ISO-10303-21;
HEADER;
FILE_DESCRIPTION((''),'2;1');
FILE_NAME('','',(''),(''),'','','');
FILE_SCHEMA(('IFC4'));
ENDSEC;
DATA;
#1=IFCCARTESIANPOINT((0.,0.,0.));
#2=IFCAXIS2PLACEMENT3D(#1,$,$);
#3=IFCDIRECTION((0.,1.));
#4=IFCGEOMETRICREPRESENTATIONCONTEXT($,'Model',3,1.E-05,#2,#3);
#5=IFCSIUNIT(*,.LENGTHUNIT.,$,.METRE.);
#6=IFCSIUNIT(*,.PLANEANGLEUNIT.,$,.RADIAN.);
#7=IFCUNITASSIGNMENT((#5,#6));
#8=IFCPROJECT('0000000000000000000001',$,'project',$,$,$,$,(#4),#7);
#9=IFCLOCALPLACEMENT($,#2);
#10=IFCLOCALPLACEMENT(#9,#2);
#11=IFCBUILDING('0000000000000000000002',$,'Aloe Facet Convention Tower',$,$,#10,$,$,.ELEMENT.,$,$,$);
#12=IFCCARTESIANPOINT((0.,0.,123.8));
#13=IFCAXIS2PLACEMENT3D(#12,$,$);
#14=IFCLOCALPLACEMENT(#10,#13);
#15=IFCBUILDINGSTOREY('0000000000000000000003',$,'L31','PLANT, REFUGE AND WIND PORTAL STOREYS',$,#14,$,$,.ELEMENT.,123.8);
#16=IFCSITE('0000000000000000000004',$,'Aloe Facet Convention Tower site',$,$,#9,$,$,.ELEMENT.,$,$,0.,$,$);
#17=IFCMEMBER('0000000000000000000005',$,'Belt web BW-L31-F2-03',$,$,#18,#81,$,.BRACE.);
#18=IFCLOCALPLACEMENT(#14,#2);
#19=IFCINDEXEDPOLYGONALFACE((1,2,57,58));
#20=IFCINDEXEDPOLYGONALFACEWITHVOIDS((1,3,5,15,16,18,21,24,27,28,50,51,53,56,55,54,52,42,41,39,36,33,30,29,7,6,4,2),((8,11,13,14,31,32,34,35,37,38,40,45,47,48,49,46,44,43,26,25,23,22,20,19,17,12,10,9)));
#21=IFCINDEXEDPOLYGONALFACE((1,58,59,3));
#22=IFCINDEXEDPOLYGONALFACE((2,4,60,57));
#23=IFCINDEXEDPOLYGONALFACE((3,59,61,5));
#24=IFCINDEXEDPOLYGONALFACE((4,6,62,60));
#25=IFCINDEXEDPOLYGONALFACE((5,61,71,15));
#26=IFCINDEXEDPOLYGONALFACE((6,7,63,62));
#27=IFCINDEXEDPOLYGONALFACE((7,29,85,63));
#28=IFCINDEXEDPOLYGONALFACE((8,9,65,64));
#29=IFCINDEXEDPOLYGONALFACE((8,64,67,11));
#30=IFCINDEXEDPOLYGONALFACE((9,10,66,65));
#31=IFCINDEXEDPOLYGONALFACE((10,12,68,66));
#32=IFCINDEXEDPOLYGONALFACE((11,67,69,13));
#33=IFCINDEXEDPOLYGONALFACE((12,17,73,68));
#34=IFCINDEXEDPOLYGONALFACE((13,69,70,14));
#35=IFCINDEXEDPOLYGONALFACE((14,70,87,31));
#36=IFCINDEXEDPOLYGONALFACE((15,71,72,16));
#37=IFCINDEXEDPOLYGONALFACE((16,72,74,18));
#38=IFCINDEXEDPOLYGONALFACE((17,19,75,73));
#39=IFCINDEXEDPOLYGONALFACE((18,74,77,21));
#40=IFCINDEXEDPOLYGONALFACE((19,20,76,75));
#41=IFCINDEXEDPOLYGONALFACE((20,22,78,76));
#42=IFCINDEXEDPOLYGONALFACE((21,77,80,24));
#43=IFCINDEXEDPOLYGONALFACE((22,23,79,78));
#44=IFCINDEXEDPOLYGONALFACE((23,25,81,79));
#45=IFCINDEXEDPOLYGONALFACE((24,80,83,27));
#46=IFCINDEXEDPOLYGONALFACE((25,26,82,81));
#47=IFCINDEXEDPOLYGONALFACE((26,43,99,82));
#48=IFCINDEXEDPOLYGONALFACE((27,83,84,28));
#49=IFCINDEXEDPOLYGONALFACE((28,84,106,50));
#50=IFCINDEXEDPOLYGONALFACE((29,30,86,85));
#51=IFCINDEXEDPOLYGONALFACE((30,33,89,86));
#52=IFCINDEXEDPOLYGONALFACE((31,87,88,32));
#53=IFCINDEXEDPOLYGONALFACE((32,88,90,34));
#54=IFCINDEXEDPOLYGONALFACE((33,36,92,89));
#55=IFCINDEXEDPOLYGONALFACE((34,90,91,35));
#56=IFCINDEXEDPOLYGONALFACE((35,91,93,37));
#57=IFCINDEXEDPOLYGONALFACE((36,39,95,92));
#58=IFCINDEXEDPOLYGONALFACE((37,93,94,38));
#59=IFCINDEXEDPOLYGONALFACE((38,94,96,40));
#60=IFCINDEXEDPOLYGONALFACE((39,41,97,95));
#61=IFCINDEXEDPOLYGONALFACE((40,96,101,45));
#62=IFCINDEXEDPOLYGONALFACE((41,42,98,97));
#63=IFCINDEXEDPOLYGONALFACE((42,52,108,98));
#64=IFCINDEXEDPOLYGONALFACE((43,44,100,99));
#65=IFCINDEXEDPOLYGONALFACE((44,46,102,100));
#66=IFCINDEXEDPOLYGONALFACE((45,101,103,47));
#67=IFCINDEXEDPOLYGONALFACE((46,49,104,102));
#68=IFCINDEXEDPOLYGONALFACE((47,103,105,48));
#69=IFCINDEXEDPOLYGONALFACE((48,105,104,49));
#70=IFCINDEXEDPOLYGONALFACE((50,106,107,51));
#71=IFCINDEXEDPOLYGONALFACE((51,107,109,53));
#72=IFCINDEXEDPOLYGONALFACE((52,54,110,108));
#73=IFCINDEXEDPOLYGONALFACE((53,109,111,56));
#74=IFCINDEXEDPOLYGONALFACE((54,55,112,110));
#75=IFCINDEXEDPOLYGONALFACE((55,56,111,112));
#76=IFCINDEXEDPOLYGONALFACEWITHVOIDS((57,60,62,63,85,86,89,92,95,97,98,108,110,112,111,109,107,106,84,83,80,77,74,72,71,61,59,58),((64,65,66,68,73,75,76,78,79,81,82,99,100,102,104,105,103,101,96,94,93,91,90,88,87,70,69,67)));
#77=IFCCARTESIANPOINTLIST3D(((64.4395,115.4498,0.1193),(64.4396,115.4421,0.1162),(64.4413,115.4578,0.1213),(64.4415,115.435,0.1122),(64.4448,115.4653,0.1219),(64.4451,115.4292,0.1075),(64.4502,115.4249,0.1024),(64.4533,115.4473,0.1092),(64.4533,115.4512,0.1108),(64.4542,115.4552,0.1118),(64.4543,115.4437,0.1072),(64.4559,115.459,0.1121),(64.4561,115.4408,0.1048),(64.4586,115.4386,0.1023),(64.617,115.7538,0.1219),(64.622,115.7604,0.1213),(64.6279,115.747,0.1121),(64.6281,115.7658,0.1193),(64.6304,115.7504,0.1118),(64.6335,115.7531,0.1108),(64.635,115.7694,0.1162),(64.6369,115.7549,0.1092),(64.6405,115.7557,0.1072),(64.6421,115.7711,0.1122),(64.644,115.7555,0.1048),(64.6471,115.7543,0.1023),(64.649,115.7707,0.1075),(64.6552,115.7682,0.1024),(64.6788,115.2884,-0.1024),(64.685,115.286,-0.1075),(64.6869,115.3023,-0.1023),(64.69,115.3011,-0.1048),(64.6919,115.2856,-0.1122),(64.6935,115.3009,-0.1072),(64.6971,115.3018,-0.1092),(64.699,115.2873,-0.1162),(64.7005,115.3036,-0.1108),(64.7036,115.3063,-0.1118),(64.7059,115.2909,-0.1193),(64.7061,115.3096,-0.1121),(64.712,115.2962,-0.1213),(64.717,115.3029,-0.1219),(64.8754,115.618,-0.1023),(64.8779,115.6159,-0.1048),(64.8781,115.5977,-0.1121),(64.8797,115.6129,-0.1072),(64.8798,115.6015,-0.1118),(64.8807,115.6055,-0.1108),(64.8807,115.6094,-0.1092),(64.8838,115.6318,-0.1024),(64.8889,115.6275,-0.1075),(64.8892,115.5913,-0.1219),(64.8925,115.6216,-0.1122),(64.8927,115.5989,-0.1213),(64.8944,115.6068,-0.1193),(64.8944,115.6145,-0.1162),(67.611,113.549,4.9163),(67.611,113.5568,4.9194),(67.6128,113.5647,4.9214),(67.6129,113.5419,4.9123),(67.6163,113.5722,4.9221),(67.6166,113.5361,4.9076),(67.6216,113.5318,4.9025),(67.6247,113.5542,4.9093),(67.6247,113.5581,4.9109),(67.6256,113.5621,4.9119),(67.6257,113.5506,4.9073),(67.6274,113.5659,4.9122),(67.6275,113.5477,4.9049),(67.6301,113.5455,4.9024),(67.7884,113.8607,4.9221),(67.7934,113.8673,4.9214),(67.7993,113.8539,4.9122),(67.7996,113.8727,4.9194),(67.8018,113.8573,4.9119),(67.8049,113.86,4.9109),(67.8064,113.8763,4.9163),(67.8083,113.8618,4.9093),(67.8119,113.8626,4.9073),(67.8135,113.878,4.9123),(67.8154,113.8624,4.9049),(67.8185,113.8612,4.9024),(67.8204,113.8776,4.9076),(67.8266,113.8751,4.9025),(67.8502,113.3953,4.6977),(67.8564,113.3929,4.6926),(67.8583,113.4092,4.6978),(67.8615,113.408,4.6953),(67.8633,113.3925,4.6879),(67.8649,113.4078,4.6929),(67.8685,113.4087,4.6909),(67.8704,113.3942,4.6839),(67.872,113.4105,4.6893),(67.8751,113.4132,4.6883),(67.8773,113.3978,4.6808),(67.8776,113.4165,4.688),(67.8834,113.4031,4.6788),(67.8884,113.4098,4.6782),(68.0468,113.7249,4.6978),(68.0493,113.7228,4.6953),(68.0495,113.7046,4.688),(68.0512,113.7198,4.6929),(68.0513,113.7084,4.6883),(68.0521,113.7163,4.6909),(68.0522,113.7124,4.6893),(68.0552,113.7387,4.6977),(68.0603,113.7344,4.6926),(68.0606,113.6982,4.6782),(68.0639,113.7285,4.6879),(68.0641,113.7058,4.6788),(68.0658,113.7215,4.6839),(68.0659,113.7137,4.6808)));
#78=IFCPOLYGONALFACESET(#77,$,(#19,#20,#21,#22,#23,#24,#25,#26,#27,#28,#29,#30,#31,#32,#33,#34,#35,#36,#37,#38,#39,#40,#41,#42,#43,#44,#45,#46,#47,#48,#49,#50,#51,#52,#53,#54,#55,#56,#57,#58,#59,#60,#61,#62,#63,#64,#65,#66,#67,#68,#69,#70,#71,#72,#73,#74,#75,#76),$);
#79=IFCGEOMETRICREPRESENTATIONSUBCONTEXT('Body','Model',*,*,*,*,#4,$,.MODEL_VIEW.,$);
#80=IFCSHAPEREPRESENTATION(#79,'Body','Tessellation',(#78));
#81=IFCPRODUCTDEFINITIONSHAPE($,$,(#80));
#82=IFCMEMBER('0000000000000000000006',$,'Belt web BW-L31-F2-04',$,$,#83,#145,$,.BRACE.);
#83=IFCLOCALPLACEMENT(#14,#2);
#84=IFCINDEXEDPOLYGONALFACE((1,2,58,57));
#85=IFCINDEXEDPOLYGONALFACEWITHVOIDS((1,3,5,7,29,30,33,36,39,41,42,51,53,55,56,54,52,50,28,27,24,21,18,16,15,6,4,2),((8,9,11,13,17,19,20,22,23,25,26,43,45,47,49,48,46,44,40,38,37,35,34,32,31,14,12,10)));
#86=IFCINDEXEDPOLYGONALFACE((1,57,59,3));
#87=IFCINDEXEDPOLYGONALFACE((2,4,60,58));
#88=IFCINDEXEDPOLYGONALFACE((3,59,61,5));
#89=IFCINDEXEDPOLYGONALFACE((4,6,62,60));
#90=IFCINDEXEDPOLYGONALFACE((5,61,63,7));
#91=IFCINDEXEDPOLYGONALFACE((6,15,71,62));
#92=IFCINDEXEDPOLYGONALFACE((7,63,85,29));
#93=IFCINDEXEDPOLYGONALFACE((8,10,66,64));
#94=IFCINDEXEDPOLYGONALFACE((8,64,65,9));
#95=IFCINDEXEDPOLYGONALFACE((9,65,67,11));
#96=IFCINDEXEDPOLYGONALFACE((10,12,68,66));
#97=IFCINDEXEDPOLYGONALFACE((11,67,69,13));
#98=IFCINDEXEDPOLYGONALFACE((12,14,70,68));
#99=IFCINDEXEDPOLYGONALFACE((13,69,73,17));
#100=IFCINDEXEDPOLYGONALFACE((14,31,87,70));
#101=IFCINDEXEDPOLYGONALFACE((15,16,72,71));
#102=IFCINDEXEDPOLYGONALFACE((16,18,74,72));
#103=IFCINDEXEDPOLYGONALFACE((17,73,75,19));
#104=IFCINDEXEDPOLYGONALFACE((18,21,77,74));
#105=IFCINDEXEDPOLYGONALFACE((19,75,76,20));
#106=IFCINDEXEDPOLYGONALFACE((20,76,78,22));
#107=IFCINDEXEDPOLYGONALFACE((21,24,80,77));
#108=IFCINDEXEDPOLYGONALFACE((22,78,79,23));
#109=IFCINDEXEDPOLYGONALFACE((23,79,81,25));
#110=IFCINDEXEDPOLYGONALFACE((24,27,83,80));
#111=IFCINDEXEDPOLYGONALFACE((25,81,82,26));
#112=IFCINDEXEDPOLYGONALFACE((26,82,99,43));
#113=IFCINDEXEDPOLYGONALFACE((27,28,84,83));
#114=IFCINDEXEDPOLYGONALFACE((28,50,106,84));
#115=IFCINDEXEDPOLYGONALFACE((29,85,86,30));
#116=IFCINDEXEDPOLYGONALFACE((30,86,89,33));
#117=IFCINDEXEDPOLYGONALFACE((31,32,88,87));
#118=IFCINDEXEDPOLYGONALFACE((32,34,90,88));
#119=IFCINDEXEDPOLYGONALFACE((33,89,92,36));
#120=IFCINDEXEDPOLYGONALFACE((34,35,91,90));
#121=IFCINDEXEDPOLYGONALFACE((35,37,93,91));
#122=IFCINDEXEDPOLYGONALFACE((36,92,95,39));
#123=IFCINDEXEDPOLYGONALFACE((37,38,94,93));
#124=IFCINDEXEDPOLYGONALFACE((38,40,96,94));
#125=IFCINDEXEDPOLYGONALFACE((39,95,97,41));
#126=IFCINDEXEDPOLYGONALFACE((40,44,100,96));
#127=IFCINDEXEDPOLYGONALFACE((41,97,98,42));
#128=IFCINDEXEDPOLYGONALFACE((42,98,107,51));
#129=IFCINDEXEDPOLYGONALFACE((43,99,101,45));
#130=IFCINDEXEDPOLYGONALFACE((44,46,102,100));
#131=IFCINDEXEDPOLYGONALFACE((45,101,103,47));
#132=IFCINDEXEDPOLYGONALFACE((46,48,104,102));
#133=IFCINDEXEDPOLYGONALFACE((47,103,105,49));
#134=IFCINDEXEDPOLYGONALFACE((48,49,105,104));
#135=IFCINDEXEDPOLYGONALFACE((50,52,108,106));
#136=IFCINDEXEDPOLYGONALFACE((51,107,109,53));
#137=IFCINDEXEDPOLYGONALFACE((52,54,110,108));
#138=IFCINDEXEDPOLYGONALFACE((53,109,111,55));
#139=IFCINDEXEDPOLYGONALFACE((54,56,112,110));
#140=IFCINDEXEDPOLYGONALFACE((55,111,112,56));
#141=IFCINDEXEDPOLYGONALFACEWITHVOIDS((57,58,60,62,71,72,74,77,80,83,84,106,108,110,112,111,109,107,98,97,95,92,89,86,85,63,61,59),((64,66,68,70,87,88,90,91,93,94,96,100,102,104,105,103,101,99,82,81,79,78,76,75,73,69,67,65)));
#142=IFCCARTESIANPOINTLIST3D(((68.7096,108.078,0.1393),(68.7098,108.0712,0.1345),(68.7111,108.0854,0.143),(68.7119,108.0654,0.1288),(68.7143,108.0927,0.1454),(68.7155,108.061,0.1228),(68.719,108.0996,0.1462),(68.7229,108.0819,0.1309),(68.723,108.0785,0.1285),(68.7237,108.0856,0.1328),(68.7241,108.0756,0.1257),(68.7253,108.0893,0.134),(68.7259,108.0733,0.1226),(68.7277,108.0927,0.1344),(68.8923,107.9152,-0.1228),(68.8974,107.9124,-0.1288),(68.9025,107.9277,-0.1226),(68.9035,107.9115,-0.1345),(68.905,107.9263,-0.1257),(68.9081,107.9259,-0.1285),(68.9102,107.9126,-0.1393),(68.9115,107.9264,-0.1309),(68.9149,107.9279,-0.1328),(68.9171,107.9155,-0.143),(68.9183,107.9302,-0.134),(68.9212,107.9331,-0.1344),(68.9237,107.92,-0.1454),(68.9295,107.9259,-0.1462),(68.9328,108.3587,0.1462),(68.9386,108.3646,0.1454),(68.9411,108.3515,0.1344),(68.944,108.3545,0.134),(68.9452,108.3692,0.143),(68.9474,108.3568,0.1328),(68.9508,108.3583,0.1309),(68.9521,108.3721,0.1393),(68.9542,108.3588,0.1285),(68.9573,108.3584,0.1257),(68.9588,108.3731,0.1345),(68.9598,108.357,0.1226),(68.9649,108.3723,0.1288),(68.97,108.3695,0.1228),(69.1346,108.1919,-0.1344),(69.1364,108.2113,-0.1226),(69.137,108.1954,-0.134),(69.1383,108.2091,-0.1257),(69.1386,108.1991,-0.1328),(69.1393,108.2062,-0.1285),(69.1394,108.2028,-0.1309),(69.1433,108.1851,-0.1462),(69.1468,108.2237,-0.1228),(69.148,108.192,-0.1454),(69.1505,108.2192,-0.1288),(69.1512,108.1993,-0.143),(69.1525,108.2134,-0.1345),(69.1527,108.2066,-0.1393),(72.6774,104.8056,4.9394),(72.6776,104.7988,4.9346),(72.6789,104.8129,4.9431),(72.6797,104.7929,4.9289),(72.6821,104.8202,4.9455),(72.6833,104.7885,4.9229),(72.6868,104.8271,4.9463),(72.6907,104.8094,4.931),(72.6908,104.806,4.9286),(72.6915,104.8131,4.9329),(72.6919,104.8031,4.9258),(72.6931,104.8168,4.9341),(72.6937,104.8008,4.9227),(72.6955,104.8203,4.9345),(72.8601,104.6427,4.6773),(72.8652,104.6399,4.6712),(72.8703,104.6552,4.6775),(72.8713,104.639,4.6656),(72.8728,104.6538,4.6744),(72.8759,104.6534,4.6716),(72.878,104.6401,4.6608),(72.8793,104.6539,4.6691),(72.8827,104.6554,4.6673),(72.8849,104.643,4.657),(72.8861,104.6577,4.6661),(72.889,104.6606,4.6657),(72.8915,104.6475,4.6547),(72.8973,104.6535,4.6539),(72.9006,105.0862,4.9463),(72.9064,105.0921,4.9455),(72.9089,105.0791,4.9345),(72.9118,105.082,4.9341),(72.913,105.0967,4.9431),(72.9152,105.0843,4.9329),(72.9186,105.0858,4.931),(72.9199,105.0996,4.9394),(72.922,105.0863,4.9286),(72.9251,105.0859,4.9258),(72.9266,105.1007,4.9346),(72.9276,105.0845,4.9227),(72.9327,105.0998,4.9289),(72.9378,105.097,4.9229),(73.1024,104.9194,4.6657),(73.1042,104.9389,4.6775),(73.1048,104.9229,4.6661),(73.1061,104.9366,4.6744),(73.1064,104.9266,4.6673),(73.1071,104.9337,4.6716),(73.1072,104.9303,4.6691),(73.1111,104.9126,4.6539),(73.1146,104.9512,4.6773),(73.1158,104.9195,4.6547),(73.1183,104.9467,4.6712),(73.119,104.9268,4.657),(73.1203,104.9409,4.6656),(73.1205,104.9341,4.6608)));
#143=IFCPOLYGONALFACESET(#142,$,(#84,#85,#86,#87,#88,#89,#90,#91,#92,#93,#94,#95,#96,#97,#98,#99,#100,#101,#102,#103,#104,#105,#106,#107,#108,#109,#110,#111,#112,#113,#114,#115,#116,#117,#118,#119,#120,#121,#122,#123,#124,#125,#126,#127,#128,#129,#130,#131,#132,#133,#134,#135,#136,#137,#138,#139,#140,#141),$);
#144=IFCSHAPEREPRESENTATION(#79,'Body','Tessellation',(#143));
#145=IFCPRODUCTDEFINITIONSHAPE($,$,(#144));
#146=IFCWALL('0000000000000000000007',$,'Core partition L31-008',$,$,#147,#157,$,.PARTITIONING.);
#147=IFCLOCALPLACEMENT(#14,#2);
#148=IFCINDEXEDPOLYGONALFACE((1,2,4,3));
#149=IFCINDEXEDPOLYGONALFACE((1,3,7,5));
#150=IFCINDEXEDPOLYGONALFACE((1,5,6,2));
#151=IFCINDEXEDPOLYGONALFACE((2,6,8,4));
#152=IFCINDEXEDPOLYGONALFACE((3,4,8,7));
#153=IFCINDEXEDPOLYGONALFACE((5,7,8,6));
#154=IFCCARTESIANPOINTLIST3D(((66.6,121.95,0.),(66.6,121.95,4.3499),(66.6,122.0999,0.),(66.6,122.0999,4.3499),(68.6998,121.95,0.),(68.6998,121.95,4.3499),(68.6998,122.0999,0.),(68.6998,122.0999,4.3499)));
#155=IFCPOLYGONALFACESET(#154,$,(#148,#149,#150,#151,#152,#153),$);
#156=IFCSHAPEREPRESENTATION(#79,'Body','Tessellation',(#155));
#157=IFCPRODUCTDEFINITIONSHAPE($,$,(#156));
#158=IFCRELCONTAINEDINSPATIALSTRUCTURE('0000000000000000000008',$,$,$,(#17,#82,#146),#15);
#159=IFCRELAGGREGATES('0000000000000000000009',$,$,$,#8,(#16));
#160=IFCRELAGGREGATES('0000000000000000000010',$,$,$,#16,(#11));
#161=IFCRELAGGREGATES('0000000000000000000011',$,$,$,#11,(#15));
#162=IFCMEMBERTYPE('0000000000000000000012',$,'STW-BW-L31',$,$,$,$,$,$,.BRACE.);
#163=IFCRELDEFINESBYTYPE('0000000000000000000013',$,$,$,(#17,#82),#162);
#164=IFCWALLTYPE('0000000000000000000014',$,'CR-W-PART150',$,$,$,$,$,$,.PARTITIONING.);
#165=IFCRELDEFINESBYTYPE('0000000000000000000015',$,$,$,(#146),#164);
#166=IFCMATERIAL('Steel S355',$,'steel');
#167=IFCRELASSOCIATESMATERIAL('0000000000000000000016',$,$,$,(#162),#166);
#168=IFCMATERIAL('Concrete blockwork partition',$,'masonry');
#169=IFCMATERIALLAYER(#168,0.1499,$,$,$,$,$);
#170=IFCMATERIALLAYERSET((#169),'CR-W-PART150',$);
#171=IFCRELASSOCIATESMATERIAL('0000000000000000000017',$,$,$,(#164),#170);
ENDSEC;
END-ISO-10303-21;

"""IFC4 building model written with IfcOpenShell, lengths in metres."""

from ifc_helpers import new_model, si_unit, direction, frame, frame_2d, origin, origin_2d, place, context, subcontext, project, spatial, rectangle, hollow_rectangle, extrude, material, layer, layer_set, material_profile, profile_set, type_object, element, save


model = new_model("IFC4")

# Units and contexts
model_context = context("Model", 3, precision=1e-05, world=origin(), true_north=direction((0.0, 1.0)))
body_context = subcontext(model_context, "Body", "Model", "MODEL_VIEW")
ifc_project = project(units=[si_unit("LENGTHUNIT", "METRE"), si_unit("PLANEANGLEUNIT", "RADIAN")], contexts=[model_context])

# Site, building, storey
site_placement = place(None, origin())
site = spatial("IfcSite", under=ifc_project, at=site_placement, Name="Aloe Facet Convention Tower site", CompositionType="ELEMENT", RefElevation=0.0)
building_placement = place(site_placement, origin())
building = spatial("IfcBuilding", under=site, at=building_placement, Name="Aloe Facet Convention Tower", CompositionType="ELEMENT")
storey_placement = place(building_placement, frame((0.0, 0.0, 123.8)))
storey = spatial("IfcBuildingStorey", under=building, at=storey_placement, Name="L31", Description="PLANT, REFUGE AND WIND PORTAL STOREYS", CompositionType="ELEMENT", Elevation=123.8)

# Members
ifc_material_1 = material(Name="Steel S355", Category="steel")
ifc_material_profile_1 = material_profile(ifc_material_1, hollow_rectangle(XDim=0.3999, YDim=0.3999, WallThickness=0.0161, InnerFilletRadius=0.0161, OuterFilletRadius=0.032, at=origin_2d()), Name="SHS 400x400x16")
ifc_profile_set_1 = profile_set([ifc_material_profile_1], Name="Steel S355")
member_type = type_object("IfcMemberType", Name="STW-BW-L31", PredefinedType="BRACE", material=ifc_profile_set_1)
member_1_placement = place(storey_placement, frame((64.667, 115.5283, 0.0), z_axis=(0.523629, -0.312565, 0.792538), x_axis=(0.51255, 0.858657, 0.0)))
element("IfcMember", 1, at=member_1_placement, inside=storey, type_object=member_type, Name="Belt web BW-L31-F2-03", PredefinedType="BRACE", context=body_context, shape_type="SweptSolid", body=[
    extrude(hollow_rectangle(XDim=0.3999, YDim=0.3999, WallThickness=0.0161, InnerFilletRadius=0.0161, OuterFilletRadius=0.032, at=origin_2d()), origin(), (0.0, 0.0, 1.0), 6.0566),
])
member_2_placement = place(storey_placement, frame((68.9312, 108.1423, 0.0), z_axis=(0.563996, -0.465162, 0.6823), x_axis=(0.636273, 0.771464, 0.0)))
element("IfcMember", 2, at=member_2_placement, inside=storey, type_object=member_type, Name="Belt web BW-L31-F2-04", PredefinedType="BRACE", context=body_context, shape_type="SweptSolid", body=[
    extrude(hollow_rectangle(XDim=0.3999, YDim=0.3999, WallThickness=0.0161, InnerFilletRadius=0.0161, OuterFilletRadius=0.032, at=origin_2d()), origin(), (0.0, 0.0, 1.0), 7.0352),
])

# Wall
ifc_material_2 = material(Name="Concrete blockwork partition", Category="masonry")
ifc_layer_1 = layer(ifc_material_2, 0.1499)
ifc_layer_set_1 = layer_set([ifc_layer_1], Name="CR-W-PART150")
wall_type_1 = type_object("IfcWallType", Name="CR-W-PART150", PredefinedType="PARTITIONING", material=ifc_layer_set_1)
wall_1_placement = place(storey_placement, frame((66.6001, 122.0249, 0.0), z_axis=(0.0, 0.0, 1.0), x_axis=(1.0, 0.0, 0.0)))
element("IfcWall", 3, at=wall_1_placement, inside=storey, type_object=wall_type_1, Name="Core partition L31-008", PredefinedType="PARTITIONING", context=body_context, shape_type="SweptSolid", body=[
    extrude(rectangle(XDim=2.0999, YDim=0.1499, at=frame_2d((1.0498, 0.0))), origin(), (0.0, 0.0, 1.0), 4.3499),
])

save(model, "model.ifc")
